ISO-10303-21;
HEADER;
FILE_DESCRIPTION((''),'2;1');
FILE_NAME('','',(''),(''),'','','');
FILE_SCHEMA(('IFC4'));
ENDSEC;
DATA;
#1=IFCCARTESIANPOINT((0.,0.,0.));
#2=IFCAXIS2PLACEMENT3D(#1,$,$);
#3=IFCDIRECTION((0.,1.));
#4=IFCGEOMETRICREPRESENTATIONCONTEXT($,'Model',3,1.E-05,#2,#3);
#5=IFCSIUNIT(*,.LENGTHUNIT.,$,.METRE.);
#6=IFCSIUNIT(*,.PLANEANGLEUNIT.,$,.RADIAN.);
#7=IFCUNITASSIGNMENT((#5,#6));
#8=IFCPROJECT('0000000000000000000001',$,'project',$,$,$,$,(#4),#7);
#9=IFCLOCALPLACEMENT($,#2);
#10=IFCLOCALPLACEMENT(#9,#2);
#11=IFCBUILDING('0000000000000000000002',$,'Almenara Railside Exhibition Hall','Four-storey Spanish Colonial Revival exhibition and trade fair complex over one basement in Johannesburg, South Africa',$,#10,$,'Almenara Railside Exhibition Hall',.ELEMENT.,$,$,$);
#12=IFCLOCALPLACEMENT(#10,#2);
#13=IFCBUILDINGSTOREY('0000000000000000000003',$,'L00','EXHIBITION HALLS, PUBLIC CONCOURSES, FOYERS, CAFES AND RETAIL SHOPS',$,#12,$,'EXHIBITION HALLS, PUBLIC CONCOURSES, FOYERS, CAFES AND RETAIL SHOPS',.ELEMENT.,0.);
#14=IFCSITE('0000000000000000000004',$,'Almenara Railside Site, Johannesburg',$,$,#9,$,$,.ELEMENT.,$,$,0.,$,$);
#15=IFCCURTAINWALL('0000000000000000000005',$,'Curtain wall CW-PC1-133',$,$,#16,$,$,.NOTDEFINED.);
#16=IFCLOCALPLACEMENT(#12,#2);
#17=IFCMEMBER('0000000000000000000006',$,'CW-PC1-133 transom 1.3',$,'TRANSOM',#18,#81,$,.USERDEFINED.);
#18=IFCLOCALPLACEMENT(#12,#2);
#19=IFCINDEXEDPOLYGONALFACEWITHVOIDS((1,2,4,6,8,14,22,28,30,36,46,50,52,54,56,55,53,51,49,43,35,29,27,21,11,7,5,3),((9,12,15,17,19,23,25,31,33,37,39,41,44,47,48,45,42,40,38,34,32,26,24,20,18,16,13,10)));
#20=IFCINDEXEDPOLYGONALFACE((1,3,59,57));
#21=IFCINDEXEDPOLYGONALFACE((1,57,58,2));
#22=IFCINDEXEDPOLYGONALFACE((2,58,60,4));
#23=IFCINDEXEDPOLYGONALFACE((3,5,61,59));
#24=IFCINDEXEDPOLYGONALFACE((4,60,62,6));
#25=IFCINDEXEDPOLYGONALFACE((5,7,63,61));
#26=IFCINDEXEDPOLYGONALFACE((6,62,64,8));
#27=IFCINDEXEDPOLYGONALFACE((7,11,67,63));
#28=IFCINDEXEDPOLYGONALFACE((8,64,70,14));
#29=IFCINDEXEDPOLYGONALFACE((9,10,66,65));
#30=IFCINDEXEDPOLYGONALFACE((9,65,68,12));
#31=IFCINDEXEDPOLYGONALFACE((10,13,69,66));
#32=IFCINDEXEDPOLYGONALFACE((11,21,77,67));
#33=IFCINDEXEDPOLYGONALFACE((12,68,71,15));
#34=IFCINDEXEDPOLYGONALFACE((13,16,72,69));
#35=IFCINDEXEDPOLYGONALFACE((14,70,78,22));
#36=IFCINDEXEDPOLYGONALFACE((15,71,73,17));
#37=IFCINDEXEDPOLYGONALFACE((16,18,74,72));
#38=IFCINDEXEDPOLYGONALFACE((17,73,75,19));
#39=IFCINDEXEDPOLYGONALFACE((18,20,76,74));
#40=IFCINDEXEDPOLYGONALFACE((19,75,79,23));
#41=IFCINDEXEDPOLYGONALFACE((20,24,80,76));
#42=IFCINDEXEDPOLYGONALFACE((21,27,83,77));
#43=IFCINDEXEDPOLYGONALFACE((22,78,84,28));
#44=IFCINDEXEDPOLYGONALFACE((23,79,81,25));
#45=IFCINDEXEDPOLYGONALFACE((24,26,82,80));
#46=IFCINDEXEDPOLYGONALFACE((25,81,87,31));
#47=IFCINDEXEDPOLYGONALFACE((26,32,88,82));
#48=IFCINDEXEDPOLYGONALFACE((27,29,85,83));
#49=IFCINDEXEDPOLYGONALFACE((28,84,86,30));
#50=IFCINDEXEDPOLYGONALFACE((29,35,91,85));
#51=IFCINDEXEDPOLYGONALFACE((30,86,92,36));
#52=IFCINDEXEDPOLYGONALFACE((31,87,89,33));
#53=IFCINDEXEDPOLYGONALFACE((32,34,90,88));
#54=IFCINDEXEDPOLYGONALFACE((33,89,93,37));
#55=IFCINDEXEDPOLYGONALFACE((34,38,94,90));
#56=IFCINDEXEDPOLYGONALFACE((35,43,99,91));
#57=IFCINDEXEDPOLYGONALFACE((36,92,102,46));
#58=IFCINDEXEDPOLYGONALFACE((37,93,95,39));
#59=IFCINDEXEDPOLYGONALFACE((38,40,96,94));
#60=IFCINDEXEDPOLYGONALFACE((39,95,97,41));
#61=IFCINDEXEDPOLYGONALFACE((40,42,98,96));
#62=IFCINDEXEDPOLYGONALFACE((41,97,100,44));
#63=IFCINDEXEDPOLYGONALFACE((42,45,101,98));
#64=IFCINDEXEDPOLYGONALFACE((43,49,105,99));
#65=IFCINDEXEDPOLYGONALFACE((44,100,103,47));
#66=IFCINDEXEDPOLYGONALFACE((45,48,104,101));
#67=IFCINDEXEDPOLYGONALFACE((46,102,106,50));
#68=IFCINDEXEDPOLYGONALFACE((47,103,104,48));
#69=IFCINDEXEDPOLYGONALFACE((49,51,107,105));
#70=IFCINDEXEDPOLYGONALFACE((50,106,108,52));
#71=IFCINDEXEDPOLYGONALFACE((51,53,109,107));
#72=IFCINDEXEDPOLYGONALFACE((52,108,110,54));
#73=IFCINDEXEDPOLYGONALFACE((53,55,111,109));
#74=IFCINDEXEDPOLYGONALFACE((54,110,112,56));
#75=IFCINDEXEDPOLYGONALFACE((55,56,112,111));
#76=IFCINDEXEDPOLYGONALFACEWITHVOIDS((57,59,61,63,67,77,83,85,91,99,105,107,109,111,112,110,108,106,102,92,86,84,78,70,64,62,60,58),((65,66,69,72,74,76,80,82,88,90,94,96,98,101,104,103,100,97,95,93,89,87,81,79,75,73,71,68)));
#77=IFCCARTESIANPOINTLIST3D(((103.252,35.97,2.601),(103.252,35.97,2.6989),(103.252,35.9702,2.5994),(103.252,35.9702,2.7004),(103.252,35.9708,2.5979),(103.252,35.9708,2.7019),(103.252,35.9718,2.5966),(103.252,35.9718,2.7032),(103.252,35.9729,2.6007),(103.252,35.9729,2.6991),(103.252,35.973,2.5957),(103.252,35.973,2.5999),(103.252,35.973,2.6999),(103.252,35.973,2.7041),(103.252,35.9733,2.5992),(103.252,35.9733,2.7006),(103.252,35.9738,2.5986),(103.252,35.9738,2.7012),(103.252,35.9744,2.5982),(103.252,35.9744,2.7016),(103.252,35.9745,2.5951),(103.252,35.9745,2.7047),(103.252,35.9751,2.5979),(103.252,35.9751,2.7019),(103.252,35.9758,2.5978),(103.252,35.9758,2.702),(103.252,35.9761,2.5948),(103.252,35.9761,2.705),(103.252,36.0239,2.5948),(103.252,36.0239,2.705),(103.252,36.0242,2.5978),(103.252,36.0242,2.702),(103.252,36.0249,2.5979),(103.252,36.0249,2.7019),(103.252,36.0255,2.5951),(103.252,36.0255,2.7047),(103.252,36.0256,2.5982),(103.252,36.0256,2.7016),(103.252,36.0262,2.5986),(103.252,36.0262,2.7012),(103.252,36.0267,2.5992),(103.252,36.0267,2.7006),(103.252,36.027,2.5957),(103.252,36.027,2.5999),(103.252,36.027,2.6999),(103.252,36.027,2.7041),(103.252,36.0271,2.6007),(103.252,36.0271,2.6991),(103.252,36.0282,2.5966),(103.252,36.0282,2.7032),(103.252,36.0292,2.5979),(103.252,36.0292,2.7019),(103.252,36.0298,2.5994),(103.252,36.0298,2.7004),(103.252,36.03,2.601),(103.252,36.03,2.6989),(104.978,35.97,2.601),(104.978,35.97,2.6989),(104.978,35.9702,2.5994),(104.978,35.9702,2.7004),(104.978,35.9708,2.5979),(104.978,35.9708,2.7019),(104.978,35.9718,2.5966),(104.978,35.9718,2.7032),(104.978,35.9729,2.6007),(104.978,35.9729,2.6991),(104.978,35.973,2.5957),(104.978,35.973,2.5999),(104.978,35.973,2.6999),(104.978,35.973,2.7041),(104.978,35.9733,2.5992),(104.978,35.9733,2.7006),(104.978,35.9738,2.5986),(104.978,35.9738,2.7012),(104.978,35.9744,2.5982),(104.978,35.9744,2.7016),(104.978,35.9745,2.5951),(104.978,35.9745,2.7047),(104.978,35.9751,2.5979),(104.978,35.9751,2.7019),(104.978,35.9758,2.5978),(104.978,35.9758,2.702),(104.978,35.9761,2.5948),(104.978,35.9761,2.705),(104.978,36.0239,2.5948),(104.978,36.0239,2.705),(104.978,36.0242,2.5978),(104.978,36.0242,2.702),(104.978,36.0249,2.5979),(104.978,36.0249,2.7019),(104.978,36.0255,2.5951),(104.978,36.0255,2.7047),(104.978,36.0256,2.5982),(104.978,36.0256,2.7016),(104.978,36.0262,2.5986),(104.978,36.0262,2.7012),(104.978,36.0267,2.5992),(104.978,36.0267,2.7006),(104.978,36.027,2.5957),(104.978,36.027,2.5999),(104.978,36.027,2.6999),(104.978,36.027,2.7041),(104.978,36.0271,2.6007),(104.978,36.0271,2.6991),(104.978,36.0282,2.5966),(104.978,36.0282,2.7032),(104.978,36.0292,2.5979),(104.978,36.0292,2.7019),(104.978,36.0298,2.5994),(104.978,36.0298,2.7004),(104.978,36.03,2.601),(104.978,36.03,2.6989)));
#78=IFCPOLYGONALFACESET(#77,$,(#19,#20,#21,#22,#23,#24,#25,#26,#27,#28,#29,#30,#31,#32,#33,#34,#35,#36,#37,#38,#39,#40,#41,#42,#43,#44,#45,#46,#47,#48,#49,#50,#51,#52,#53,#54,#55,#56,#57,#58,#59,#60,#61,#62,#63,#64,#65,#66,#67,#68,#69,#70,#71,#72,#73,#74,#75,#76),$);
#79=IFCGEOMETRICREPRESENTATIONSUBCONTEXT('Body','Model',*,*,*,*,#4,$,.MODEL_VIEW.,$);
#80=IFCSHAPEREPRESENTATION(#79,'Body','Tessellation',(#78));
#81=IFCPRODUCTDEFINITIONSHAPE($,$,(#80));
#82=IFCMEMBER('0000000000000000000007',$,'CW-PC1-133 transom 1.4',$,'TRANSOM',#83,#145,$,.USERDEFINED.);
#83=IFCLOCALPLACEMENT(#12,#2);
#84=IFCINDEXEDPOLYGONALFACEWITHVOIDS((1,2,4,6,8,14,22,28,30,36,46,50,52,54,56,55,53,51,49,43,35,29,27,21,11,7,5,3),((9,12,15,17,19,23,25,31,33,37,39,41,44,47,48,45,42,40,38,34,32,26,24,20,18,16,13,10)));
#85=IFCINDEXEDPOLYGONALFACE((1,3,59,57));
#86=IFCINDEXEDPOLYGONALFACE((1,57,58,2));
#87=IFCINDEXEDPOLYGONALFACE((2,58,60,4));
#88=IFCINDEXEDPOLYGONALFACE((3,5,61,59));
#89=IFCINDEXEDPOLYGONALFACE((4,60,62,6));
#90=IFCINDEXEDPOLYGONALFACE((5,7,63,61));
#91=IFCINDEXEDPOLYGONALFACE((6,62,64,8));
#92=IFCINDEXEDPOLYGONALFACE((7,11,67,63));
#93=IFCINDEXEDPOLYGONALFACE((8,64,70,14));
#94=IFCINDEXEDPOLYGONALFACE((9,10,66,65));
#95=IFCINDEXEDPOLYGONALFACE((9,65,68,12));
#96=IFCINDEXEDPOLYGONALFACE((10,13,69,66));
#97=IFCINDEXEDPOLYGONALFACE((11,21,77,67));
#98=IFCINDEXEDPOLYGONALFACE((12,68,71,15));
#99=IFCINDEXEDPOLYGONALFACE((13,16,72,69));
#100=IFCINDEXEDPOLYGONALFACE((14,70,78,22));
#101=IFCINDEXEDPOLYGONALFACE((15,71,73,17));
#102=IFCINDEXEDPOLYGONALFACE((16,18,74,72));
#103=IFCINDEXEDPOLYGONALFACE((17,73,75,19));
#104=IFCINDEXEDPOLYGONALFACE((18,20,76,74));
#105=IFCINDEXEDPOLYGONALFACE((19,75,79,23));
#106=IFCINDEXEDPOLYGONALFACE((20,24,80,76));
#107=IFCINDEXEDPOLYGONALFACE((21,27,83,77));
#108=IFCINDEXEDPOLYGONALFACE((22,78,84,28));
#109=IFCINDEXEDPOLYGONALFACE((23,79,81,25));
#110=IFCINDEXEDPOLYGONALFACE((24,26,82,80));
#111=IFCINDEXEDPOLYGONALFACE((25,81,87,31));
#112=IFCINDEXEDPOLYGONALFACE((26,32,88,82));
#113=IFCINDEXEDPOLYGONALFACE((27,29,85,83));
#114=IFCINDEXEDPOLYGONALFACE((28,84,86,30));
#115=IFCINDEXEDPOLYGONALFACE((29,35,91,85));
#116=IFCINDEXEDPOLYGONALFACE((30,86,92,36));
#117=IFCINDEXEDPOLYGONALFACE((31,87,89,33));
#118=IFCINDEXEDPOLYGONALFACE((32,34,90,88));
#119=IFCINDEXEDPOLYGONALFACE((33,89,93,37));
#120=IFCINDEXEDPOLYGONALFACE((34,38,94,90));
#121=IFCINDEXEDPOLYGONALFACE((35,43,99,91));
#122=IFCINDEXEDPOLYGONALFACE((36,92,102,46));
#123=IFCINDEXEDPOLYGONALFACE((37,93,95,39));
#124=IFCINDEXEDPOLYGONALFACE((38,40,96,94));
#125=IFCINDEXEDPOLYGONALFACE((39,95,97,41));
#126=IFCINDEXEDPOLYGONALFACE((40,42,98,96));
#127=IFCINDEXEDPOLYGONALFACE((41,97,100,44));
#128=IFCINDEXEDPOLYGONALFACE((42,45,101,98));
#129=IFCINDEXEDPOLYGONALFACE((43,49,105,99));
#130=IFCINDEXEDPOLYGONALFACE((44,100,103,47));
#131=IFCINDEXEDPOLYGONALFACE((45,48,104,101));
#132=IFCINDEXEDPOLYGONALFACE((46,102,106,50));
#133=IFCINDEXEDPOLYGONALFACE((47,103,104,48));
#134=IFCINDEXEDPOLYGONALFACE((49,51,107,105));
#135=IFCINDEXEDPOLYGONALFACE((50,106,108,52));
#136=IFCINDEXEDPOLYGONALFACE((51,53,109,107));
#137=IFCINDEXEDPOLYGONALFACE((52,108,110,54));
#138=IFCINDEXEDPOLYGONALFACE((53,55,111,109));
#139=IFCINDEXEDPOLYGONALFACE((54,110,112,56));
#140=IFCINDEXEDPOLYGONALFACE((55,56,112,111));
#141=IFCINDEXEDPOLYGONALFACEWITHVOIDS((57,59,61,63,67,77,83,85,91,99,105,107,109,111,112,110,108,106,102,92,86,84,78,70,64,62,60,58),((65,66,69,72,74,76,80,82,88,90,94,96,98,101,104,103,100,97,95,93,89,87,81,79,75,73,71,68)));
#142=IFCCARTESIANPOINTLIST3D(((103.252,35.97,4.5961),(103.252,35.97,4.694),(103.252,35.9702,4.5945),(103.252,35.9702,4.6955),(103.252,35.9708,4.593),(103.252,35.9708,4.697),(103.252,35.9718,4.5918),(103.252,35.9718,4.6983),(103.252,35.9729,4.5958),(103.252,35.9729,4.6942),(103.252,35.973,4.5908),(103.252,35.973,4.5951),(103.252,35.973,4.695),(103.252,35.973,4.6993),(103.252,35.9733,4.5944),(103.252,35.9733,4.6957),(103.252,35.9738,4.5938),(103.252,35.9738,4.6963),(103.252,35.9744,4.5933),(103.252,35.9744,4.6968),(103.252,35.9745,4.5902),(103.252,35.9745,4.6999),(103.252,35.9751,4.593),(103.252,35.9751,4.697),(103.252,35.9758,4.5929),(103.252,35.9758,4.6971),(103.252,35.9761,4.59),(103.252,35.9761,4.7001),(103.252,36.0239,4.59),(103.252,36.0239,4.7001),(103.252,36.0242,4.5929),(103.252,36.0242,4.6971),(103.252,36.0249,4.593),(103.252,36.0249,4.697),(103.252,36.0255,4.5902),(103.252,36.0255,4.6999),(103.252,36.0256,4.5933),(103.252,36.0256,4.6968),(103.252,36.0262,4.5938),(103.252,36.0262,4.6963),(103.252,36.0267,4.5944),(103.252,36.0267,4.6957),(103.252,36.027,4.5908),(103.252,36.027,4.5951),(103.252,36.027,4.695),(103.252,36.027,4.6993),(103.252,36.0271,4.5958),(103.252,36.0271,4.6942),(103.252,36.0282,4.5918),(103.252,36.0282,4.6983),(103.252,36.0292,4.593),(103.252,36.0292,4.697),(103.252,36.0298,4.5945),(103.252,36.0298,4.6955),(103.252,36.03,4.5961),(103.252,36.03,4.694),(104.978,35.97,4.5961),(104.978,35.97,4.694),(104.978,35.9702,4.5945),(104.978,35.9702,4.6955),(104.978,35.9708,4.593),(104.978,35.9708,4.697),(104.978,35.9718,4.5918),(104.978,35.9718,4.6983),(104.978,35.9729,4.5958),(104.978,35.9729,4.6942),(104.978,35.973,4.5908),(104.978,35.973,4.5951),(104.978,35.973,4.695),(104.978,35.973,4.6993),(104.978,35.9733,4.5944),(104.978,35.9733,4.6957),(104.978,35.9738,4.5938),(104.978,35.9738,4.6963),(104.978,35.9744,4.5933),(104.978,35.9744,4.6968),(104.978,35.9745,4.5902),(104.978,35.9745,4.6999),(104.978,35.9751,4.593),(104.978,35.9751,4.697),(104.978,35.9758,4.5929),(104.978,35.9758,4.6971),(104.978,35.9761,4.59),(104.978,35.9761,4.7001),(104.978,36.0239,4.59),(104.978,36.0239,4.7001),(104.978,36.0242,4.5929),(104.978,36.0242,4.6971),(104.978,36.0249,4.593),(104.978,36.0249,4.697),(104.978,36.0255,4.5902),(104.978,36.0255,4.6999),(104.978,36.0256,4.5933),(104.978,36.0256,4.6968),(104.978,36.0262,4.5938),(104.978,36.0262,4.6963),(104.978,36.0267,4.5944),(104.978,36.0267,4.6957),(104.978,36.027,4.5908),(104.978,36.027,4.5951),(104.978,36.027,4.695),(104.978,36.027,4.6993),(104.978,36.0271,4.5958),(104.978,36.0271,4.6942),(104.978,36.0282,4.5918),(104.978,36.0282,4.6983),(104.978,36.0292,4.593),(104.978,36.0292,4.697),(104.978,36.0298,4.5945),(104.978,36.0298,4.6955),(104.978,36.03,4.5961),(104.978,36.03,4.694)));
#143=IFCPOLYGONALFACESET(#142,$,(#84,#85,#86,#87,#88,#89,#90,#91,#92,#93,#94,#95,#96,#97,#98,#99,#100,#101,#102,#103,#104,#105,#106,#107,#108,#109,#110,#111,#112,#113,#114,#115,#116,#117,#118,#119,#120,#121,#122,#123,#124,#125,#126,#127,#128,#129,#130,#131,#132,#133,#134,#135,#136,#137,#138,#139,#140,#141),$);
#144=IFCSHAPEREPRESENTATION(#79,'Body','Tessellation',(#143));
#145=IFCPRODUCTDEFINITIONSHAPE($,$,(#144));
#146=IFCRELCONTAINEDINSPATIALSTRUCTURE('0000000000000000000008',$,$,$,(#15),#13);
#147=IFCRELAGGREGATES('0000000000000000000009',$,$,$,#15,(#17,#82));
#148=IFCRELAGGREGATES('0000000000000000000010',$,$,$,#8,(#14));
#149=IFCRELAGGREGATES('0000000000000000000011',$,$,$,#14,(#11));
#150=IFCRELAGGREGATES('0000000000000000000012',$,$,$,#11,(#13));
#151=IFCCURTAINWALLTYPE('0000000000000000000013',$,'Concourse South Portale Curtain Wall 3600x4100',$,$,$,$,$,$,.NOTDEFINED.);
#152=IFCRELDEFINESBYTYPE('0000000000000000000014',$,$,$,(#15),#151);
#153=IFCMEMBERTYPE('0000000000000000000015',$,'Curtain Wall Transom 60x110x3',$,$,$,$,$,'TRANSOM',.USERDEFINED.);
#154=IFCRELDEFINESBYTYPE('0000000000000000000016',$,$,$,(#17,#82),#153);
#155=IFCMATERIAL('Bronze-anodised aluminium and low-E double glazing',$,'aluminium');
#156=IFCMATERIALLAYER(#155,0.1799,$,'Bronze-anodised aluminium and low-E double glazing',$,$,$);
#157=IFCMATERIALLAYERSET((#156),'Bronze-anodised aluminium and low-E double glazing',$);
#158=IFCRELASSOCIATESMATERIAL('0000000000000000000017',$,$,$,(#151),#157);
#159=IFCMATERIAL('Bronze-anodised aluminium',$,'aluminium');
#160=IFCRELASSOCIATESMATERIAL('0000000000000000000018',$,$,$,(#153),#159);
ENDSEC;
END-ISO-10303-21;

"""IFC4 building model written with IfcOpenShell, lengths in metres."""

from ifc_helpers import new_model, si_unit, direction, frame, origin, origin_2d, place, context, subcontext, project, spatial, hollow_rectangle, extrude, material, layer, layer_set, material_profile, profile_set, type_object, element, aggregate, save


model = new_model("IFC4")

# Units and contexts
model_context = context("Model", 3, precision=1e-05, world=origin(), true_north=direction((0.0, 1.0)))
body_context = subcontext(model_context, "Body", "Model", "MODEL_VIEW")
ifc_project = project(units=[si_unit("LENGTHUNIT", "METRE"), si_unit("PLANEANGLEUNIT", "RADIAN")], contexts=[model_context])

# Site, building, storey
site_placement = place(None, origin())
site = spatial("IfcSite", under=ifc_project, at=site_placement, Name="Almenara Railside Site, Johannesburg", CompositionType="ELEMENT", RefElevation=0.0)
building_placement = place(site_placement, origin())
building = spatial("IfcBuilding", under=site, at=building_placement, Name="Almenara Railside Exhibition Hall", Description="Four-storey Spanish Colonial Revival exhibition and trade fair complex over one basement in Johannesburg, South Africa", LongName="Almenara Railside Exhibition Hall", CompositionType="ELEMENT")
storey_placement = place(building_placement, origin())
storey = spatial("IfcBuildingStorey", under=building, at=storey_placement, Name="L00", Description="EXHIBITION HALLS, PUBLIC CONCOURSES, FOYERS, CAFES AND RETAIL SHOPS", LongName="EXHIBITION HALLS, PUBLIC CONCOURSES, FOYERS, CAFES AND RETAIL SHOPS", CompositionType="ELEMENT", Elevation=0.0)

# Curtain wall, members
ifc_material_1 = material(Name="Bronze-anodised aluminium and low-E double glazing", Category="aluminium")
ifc_layer_1 = layer(ifc_material_1, 0.1799, Name="Bronze-anodised aluminium and low-E double glazing")
ifc_layer_set_1 = layer_set([ifc_layer_1], Name="Bronze-anodised aluminium and low-E double glazing")
curtain_wall_type = type_object("IfcCurtainWallType", Name="Concourse South Portale Curtain Wall 3600x4100", PredefinedType="NOTDEFINED", material=ifc_layer_set_1)
curtain_wall_placement = place(storey_placement, origin())
curtain_wall = element("IfcCurtainWall", 1, at=curtain_wall_placement, inside=storey, type_object=curtain_wall_type, Name="Curtain wall CW-PC1-133", PredefinedType="NOTDEFINED")
ifc_material_2 = material(Name="Bronze-anodised aluminium", Category="aluminium")
ifc_material_profile_1 = material_profile(ifc_material_2, hollow_rectangle(XDim=0.0601, YDim=0.1101, WallThickness=0.0029, InnerFilletRadius=0.0029, OuterFilletRadius=0.0061, at=origin_2d()), Name="ALU-TRN 60x110x3")
ifc_profile_set_1 = profile_set([ifc_material_profile_1], Name="Bronze-anodised aluminium")
member_type_1 = type_object("IfcMemberType", Name="Curtain Wall Transom 60x110x3", ElementType="TRANSOM", PredefinedType="USERDEFINED", material=ifc_profile_set_1)
member_1_placement = place(storey_placement, frame((103.252, 36.0, 2.6499), z_axis=(1.0, 0.0, 0.0), x_axis=(0.0, 1.0, 0.0)))
member_1 = element("IfcMember", 2, at=member_1_placement, type_object=member_type_1, Name="CW-PC1-133 transom 1.3", ObjectType="TRANSOM", PredefinedType="USERDEFINED", context=body_context, shape_type="SweptSolid", body=[
    extrude(hollow_rectangle(XDim=0.0601, YDim=0.1101, WallThickness=0.0029, InnerFilletRadius=0.0029, OuterFilletRadius=0.0061, at=origin_2d()), origin(), (0.0, 0.0, 1.0), 1.7261),
])
member_2_placement = place(storey_placement, frame((103.252, 36.0, 4.645), z_axis=(1.0, 0.0, 0.0), x_axis=(0.0, 1.0, 0.0)))
member_2 = element("IfcMember", 3, at=member_2_placement, type_object=member_type_1, Name="CW-PC1-133 transom 1.4", ObjectType="TRANSOM", PredefinedType="USERDEFINED", context=body_context, shape_type="SweptSolid", body=[
    extrude(hollow_rectangle(XDim=0.0601, YDim=0.1101, WallThickness=0.0029, InnerFilletRadius=0.0029, OuterFilletRadius=0.0061, at=origin_2d()), origin(), (0.0, 0.0, 1.0), 1.7261),
])

aggregate(curtain_wall, [member_1, member_2])

save(model, "model.ifc")
